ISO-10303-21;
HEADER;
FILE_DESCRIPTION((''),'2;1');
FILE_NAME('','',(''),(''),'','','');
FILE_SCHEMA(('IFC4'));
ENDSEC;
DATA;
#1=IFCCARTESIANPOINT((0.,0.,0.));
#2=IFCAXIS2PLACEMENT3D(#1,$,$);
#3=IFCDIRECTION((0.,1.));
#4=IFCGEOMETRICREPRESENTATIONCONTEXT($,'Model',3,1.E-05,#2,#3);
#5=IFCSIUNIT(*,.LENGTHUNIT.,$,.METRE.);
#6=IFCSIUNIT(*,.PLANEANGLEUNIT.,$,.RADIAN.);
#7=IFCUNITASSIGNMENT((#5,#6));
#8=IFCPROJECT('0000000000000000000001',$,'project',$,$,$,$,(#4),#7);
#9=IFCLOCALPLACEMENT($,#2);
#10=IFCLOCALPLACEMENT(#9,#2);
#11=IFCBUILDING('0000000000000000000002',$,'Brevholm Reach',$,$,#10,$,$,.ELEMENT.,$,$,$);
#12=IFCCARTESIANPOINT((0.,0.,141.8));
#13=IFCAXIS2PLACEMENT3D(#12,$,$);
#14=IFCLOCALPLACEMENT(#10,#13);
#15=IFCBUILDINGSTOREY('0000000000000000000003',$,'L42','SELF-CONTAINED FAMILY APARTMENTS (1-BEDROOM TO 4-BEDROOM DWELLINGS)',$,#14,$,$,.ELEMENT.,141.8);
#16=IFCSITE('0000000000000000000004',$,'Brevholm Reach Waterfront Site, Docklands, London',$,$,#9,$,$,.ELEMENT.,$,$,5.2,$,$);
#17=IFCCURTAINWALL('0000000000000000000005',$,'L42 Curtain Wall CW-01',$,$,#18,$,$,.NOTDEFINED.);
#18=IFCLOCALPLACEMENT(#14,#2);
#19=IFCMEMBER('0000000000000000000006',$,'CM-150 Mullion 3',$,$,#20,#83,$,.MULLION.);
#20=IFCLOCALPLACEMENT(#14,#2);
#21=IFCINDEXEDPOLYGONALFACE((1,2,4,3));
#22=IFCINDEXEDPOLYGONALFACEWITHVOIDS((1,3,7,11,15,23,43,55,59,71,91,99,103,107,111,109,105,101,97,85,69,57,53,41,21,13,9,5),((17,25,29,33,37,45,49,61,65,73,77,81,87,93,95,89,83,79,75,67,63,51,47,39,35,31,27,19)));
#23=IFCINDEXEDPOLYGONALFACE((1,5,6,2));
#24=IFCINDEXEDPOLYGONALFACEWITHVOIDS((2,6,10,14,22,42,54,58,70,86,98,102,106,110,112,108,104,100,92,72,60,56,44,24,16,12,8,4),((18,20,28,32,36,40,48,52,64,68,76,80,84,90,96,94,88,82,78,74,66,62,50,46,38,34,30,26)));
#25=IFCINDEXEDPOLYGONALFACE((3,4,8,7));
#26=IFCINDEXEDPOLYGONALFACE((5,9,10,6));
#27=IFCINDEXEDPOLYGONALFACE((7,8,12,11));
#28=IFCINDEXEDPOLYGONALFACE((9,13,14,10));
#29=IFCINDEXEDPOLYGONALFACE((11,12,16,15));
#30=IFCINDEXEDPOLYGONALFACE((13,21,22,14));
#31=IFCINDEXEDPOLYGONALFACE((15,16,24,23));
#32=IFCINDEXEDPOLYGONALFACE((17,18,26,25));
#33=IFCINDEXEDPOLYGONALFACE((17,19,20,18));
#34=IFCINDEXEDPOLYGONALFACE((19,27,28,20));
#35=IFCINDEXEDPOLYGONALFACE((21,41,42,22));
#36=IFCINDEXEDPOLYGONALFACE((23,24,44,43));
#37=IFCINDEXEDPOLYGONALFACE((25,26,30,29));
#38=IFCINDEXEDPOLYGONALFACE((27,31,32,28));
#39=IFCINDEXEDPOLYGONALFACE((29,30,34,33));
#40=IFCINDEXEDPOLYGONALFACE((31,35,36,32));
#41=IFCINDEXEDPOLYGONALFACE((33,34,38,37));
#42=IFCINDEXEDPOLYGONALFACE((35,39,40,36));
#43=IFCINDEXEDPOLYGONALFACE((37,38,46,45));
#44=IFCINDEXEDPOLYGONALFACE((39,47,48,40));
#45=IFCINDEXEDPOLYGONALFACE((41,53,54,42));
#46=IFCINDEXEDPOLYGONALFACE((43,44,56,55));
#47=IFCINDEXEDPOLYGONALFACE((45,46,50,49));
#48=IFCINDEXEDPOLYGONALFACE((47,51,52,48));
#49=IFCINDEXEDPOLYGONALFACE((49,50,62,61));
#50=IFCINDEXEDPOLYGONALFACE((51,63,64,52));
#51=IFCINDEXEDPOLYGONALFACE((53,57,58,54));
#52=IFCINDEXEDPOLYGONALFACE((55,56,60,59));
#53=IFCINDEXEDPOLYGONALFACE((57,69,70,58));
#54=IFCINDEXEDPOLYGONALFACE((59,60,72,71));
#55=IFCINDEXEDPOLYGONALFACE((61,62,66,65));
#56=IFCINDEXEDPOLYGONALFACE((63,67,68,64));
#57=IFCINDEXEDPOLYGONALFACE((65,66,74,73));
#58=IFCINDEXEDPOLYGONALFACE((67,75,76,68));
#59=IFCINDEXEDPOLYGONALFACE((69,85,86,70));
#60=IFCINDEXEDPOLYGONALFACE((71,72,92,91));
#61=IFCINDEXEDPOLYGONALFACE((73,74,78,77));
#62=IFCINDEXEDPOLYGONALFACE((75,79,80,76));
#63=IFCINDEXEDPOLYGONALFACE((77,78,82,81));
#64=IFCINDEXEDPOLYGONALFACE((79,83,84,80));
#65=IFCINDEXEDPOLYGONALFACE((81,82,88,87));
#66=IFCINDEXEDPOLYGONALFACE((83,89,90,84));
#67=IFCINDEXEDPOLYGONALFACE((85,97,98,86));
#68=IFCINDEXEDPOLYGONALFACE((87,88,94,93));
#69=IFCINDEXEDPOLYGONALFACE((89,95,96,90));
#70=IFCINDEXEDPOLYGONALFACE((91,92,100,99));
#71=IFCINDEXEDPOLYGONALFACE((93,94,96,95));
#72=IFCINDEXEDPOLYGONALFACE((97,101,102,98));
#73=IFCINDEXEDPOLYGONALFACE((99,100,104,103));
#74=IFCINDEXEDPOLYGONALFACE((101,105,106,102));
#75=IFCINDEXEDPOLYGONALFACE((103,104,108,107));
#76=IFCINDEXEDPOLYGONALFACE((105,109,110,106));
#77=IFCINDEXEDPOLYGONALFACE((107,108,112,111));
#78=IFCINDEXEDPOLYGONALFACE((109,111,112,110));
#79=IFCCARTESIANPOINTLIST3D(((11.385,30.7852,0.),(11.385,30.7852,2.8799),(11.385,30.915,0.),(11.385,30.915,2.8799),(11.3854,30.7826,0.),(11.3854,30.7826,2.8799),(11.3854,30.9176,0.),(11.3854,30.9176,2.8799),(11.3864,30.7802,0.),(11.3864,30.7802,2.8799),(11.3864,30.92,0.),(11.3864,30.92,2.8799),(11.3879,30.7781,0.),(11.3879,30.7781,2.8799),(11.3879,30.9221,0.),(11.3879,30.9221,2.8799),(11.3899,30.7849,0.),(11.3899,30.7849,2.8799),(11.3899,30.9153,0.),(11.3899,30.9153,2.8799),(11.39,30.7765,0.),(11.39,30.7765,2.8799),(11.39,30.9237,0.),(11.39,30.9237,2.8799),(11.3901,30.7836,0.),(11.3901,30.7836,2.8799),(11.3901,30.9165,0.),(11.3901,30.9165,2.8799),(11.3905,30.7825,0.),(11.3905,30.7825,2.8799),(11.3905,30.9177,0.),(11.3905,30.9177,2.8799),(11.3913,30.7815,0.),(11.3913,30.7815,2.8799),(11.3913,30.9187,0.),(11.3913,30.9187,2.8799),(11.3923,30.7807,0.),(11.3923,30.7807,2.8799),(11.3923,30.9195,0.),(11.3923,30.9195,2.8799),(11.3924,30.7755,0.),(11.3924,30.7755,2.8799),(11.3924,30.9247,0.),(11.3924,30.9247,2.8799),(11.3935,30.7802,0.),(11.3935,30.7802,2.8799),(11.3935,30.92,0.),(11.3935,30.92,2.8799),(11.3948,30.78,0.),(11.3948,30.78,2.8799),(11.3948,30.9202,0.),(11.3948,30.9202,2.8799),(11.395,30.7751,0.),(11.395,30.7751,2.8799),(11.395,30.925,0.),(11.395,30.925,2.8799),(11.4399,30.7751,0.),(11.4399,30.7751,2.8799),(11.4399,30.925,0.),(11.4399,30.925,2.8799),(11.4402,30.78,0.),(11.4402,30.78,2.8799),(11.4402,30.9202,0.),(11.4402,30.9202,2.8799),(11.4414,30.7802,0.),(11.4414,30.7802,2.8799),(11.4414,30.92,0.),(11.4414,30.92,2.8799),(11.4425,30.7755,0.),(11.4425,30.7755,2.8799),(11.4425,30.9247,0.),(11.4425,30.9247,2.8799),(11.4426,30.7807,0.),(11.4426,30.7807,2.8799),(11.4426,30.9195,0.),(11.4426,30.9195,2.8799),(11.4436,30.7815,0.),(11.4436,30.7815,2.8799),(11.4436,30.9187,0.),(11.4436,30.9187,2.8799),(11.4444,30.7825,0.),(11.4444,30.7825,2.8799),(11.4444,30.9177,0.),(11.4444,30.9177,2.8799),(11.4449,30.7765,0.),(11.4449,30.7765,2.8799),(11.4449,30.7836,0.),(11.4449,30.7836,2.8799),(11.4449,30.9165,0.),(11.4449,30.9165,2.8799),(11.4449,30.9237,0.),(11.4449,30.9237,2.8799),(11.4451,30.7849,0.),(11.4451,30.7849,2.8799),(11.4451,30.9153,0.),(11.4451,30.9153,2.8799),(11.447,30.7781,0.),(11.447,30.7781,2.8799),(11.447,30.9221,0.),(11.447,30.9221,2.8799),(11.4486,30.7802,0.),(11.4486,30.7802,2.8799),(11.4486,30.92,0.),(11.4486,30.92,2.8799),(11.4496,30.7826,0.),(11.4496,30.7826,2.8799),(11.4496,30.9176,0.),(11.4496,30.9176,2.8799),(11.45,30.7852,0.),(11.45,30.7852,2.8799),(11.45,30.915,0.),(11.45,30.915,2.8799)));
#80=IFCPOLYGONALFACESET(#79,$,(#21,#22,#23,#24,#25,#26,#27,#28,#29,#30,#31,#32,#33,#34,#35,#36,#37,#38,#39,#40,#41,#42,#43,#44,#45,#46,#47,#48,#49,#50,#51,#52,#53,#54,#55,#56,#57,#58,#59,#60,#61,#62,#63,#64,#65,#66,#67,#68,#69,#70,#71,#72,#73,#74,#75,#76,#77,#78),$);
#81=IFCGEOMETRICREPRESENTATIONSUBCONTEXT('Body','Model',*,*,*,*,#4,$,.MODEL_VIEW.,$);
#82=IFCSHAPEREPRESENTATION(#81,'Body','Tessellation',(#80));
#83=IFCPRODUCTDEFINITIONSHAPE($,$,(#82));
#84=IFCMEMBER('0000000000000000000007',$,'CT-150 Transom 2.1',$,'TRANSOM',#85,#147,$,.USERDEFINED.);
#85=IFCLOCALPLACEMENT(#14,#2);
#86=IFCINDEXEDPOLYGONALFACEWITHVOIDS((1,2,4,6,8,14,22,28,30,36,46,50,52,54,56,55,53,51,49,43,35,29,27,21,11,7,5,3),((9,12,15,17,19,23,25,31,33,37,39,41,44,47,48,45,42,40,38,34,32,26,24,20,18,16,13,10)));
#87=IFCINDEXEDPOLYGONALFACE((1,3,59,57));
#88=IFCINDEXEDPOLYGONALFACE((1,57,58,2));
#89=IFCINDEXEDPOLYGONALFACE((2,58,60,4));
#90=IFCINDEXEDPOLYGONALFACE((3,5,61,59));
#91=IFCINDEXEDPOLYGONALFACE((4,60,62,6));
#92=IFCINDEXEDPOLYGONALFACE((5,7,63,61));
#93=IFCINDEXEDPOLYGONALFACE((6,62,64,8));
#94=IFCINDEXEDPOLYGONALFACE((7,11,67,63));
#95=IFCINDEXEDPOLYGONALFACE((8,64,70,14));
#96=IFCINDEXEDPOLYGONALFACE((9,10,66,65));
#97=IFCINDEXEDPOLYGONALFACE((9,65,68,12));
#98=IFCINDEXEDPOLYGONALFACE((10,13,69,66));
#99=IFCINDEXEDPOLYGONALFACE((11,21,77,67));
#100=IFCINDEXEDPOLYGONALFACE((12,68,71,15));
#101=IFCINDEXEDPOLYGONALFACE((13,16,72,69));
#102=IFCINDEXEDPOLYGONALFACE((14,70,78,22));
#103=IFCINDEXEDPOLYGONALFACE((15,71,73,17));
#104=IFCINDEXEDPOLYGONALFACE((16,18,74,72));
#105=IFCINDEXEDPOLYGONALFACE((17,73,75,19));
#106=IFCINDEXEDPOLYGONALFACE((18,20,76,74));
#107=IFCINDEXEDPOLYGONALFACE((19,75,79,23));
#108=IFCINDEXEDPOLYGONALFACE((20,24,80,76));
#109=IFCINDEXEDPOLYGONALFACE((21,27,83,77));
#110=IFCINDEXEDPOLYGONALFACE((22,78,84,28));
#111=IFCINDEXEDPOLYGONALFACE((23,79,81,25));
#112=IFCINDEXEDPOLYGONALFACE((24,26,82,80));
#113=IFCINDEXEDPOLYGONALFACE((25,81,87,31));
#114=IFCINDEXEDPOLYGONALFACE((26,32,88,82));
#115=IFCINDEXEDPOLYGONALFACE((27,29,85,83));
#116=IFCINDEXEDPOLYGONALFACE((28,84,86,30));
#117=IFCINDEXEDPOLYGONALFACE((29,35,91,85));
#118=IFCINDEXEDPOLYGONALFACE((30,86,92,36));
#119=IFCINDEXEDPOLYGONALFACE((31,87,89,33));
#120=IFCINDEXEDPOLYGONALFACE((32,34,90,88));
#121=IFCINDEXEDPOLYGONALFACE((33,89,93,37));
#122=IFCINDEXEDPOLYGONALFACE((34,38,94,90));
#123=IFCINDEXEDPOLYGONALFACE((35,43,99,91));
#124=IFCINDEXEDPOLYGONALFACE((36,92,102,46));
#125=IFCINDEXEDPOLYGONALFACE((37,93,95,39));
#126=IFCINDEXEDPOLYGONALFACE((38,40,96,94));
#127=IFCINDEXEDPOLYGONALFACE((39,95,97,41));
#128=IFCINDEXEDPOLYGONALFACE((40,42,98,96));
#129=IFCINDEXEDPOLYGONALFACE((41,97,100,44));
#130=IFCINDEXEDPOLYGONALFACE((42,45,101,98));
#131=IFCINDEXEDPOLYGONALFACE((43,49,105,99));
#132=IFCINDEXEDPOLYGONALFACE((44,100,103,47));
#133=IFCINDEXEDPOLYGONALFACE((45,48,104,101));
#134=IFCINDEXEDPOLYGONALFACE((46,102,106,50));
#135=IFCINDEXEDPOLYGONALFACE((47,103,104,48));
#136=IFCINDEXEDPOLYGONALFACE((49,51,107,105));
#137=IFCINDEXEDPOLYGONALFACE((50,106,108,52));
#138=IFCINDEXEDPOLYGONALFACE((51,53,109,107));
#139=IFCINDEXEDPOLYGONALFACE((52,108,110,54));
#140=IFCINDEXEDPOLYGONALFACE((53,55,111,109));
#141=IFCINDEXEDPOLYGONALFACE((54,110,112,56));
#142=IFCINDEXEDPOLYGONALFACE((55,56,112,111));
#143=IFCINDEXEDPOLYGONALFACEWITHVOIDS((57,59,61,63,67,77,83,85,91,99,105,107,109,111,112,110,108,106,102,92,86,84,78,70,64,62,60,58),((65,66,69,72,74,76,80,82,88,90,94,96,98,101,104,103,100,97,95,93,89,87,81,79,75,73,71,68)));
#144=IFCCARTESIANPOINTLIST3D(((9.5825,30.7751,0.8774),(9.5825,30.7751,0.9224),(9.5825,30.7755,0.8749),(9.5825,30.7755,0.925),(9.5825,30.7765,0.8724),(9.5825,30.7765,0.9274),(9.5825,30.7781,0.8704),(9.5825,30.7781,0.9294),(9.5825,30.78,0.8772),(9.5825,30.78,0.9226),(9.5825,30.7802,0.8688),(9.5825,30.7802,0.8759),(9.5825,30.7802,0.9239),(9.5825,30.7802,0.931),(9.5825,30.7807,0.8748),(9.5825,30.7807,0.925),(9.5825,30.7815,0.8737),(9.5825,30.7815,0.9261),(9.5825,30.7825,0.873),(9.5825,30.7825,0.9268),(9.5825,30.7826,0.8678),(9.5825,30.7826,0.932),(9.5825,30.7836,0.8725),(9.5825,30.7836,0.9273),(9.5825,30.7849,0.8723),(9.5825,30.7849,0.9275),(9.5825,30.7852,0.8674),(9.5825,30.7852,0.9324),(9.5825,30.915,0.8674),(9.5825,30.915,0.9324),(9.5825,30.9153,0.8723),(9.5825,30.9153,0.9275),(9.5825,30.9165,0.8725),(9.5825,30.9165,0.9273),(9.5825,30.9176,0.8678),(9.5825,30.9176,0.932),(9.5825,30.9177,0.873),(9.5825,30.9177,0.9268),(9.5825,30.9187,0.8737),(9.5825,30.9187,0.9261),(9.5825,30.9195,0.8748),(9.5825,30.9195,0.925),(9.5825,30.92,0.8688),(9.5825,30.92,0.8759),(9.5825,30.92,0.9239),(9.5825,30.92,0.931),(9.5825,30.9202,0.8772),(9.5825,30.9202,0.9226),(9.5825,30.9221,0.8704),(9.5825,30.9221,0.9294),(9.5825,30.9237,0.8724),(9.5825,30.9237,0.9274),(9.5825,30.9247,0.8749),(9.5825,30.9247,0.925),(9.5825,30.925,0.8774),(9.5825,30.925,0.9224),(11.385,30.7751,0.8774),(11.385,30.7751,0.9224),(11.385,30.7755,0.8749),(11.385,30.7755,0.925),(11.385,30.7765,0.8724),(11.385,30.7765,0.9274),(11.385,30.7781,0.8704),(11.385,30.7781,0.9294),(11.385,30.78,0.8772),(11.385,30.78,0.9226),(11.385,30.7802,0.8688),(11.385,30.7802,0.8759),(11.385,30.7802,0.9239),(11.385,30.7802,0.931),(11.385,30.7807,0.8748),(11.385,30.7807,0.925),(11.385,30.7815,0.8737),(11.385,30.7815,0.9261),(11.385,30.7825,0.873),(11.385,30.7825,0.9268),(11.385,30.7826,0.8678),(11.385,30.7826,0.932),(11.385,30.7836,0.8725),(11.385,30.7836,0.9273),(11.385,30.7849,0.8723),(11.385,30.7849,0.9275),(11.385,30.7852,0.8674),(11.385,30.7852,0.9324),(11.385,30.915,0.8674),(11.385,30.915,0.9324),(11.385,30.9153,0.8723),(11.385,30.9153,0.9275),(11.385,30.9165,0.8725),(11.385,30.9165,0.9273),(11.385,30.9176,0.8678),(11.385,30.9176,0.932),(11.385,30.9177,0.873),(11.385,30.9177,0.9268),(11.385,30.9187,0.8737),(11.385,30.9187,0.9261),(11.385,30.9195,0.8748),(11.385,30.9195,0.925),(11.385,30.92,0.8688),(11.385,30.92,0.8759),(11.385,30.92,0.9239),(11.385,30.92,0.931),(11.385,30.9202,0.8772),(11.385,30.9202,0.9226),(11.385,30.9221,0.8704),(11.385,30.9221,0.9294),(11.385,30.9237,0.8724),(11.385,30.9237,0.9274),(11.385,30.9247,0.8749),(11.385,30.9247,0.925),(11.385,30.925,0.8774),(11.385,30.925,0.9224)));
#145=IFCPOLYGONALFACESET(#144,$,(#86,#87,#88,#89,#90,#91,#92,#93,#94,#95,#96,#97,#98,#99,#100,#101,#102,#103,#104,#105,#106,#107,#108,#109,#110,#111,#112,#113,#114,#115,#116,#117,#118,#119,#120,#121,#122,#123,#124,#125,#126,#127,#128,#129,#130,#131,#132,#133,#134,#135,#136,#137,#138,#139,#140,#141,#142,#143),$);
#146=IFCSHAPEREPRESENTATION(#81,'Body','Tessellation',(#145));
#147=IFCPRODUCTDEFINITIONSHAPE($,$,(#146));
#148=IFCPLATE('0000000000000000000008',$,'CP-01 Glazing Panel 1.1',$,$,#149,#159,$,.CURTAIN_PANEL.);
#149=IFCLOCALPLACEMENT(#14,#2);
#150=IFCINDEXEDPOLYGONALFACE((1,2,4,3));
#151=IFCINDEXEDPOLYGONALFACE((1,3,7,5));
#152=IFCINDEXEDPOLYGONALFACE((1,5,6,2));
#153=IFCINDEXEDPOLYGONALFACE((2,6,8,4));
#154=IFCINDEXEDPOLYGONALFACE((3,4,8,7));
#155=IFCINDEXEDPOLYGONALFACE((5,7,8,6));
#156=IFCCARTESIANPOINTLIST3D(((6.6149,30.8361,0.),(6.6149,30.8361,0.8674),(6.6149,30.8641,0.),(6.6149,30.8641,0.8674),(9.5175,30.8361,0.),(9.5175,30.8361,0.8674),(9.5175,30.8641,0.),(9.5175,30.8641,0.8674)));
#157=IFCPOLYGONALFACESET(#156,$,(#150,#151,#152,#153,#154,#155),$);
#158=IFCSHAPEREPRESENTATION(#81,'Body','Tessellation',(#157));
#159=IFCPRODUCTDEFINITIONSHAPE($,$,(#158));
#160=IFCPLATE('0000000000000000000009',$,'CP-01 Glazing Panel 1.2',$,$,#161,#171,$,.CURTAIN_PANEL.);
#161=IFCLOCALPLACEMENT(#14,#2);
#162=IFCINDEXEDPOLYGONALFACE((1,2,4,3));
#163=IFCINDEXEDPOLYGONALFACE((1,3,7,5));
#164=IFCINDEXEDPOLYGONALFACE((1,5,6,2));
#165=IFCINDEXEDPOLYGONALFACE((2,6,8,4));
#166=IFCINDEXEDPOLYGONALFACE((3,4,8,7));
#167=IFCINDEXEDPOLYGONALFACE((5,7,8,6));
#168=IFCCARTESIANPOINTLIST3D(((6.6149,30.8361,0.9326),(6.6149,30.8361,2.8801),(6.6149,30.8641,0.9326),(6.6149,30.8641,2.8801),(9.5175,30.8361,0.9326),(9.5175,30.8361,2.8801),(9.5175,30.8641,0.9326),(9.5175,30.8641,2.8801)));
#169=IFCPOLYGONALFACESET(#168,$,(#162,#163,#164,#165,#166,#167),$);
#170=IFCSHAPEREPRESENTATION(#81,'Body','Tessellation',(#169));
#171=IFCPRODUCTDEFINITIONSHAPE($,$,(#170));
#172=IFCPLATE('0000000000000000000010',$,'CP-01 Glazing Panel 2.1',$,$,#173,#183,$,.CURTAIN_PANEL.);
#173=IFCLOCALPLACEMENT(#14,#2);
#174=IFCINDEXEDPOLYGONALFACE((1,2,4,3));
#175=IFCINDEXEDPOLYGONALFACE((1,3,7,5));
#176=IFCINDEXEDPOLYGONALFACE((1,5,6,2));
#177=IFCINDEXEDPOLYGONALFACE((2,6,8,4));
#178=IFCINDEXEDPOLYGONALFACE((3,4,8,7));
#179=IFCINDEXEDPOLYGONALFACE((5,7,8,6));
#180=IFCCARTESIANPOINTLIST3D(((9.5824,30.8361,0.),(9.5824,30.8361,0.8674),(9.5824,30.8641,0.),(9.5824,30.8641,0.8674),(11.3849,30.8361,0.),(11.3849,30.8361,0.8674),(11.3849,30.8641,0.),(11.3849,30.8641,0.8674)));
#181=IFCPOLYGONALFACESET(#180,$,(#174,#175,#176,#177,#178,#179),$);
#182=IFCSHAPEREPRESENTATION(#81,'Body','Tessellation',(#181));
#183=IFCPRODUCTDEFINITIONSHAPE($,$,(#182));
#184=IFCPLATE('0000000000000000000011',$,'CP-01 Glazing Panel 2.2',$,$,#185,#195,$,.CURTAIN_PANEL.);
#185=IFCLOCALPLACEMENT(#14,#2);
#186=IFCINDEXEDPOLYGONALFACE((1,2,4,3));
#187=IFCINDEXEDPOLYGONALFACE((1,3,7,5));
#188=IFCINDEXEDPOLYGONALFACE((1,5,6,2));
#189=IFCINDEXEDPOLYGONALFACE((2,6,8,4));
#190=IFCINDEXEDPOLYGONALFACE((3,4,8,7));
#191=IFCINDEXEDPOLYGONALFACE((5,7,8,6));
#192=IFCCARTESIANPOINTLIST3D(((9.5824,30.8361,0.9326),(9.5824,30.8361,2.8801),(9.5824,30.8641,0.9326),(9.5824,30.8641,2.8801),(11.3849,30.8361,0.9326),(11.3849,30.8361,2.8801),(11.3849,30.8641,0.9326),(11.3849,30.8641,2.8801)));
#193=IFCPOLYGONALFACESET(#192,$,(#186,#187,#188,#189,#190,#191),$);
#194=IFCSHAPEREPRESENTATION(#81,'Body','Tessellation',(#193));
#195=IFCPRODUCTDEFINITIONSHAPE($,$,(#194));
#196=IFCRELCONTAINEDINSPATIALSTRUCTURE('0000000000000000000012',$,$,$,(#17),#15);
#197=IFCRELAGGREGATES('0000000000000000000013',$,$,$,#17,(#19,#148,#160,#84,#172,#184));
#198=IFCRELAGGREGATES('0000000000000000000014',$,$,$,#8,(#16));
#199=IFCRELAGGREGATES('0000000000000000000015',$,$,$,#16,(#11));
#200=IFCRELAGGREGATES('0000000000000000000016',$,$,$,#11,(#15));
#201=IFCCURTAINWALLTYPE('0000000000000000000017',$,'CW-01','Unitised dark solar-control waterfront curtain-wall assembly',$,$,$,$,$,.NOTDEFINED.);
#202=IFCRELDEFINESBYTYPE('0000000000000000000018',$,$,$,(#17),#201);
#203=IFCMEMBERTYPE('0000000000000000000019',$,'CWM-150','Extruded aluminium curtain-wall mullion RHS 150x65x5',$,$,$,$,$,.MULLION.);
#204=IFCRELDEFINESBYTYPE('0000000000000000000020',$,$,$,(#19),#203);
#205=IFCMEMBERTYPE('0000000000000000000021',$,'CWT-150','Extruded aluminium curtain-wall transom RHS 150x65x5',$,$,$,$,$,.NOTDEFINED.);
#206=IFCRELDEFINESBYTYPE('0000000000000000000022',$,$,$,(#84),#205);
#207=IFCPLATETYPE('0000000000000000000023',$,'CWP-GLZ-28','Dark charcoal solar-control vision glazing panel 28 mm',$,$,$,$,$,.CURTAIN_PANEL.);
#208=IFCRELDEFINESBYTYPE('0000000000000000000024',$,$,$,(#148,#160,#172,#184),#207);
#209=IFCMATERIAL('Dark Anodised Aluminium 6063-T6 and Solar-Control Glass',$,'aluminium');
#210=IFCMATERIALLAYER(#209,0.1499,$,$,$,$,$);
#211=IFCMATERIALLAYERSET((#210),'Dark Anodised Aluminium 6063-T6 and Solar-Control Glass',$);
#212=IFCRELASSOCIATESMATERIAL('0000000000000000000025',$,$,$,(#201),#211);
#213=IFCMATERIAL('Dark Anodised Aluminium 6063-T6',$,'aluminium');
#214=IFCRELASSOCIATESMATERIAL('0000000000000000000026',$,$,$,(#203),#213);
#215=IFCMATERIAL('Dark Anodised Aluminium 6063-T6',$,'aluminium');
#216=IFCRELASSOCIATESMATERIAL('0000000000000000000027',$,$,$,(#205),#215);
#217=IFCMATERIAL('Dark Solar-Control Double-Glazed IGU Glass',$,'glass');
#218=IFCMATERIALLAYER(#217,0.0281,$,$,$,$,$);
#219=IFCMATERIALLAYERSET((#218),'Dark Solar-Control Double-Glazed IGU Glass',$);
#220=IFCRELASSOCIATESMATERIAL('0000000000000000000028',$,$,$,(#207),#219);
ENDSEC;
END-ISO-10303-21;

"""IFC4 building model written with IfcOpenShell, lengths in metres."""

from ifc_helpers import new_model, si_unit, direction, frame, origin, origin_2d, place, context, subcontext, project, spatial, rectangle, hollow_rectangle, extrude, material, layer, layer_set, material_profile, profile_set, type_object, element, aggregate, save


model = new_model("IFC4")

# Units and contexts
model_context = context("Model", 3, precision=1e-05, world=origin(), true_north=direction((0.0, 1.0)))
body_context = subcontext(model_context, "Body", "Model", "MODEL_VIEW")
ifc_project = project(units=[si_unit("LENGTHUNIT", "METRE"), si_unit("PLANEANGLEUNIT", "RADIAN")], contexts=[model_context])

# Site, building, storey
site_placement = place(None, origin())
site = spatial("IfcSite", under=ifc_project, at=site_placement, Name="Brevholm Reach Waterfront Site, Docklands, London", CompositionType="ELEMENT", RefElevation=5.2)
building_placement = place(site_placement, origin())
building = spatial("IfcBuilding", under=site, at=building_placement, Name="Brevholm Reach", CompositionType="ELEMENT")
storey_placement = place(building_placement, frame((0.0, 0.0, 141.8)))
storey = spatial("IfcBuildingStorey", under=building, at=storey_placement, Name="L42", Description="SELF-CONTAINED FAMILY APARTMENTS (1-BEDROOM TO 4-BEDROOM DWELLINGS)", CompositionType="ELEMENT", Elevation=141.8)

# Curtain wall, members, plates
ifc_material_1 = material(Name="Dark Anodised Aluminium 6063-T6 and Solar-Control Glass", Category="aluminium")
ifc_layer_1 = layer(ifc_material_1, 0.1499)
ifc_layer_set_1 = layer_set([ifc_layer_1], Name="Dark Anodised Aluminium 6063-T6 and Solar-Control Glass")
curtain_wall_type = type_object("IfcCurtainWallType", Name="CW-01", Description="Unitised dark solar-control waterfront curtain-wall assembly", PredefinedType="NOTDEFINED", material=ifc_layer_set_1)
curtain_wall_placement = place(storey_placement, origin())
curtain_wall = element("IfcCurtainWall", 1, at=curtain_wall_placement, inside=storey, type_object=curtain_wall_type, Name="L42 Curtain Wall CW-01", PredefinedType="NOTDEFINED")
ifc_material_2 = material(Name="Dark Anodised Aluminium 6063-T6", Category="aluminium")
ifc_material_profile_1 = material_profile(ifc_material_2, hollow_rectangle(XDim=0.0649, YDim=0.1499, WallThickness=0.0049, InnerFilletRadius=0.0049, OuterFilletRadius=0.01, at=origin_2d()), Name="RHS 150x65x5")
ifc_profile_set_1 = profile_set([ifc_material_profile_1], Name="Dark Anodised Aluminium 6063-T6")
member_type_1 = type_object("IfcMemberType", Name="CWM-150", Description="Extruded aluminium curtain-wall mullion RHS 150x65x5", PredefinedType="MULLION", material=ifc_profile_set_1)
member_1_placement = place(storey_placement, frame((11.4175, 30.8501, 0.0), z_axis=(0.0, 0.0, 1.0), x_axis=(1.0, 0.0, 0.0)))
member_1 = element("IfcMember", 2, at=member_1_placement, type_object=member_type_1, Name="CM-150 Mullion 3", PredefinedType="MULLION", context=body_context, shape_type="SweptSolid", body=[
    extrude(hollow_rectangle(XDim=0.0649, YDim=0.1499, WallThickness=0.0049, InnerFilletRadius=0.0049, OuterFilletRadius=0.01, at=origin_2d()), origin(), (0.0, 0.0, 1.0), 2.8799),
])
ifc_material_3 = material(Name="Dark Anodised Aluminium 6063-T6", Category="aluminium")
ifc_material_profile_2 = material_profile(ifc_material_3, hollow_rectangle(XDim=0.0649, YDim=0.1499, WallThickness=0.0049, InnerFilletRadius=0.0049, OuterFilletRadius=0.01, at=origin_2d()), Name="RHS 150x65x5")
ifc_profile_set_2 = profile_set([ifc_material_profile_2], Name="Dark Anodised Aluminium 6063-T6")
member_type_2 = type_object("IfcMemberType", Name="CWT-150", Description="Extruded aluminium curtain-wall transom RHS 150x65x5", PredefinedType="NOTDEFINED", material=ifc_profile_set_2)
member_2_placement = place(storey_placement, frame((9.5825, 30.8501, 0.8999), z_axis=(1.0, 0.0, 0.0), x_axis=(0.0, 0.0, 1.0)))
member_2 = element("IfcMember", 3, at=member_2_placement, type_object=member_type_2, Name="CT-150 Transom 2.1", ObjectType="TRANSOM", PredefinedType="USERDEFINED", context=body_context, shape_type="SweptSolid", body=[
    extrude(hollow_rectangle(XDim=0.0649, YDim=0.1499, WallThickness=0.0049, InnerFilletRadius=0.0049, OuterFilletRadius=0.01, at=origin_2d()), origin(), (0.0, 0.0, 1.0), 1.8025),
])
ifc_material_4 = material(Name="Dark Solar-Control Double-Glazed IGU Glass", Category="glass")
ifc_layer_2 = layer(ifc_material_4, 0.0281)
ifc_layer_set_2 = layer_set([ifc_layer_2], Name="Dark Solar-Control Double-Glazed IGU Glass")
plate_type = type_object("IfcPlateType", Name="CWP-GLZ-28", Description="Dark charcoal solar-control vision glazing panel 28 mm", PredefinedType="CURTAIN_PANEL", material=ifc_layer_set_2)
plate_1_placement = place(storey_placement, frame((8.0662, 30.8501, 0.0), z_axis=(0.0, 0.0, 1.0), x_axis=(1.0, 0.0, 0.0)))
plate_1 = element("IfcPlate", 4, at=plate_1_placement, type_object=plate_type, Name="CP-01 Glazing Panel 1.1", PredefinedType="CURTAIN_PANEL", context=body_context, shape_type="SweptSolid", body=[
    extrude(rectangle(XDim=2.9026, YDim=0.0281, at=origin_2d()), origin(), (0.0, 0.0, 1.0), 0.8674),
])
plate_2_placement = place(storey_placement, frame((8.0662, 30.8501, 0.9326), z_axis=(0.0, 0.0, 1.0), x_axis=(1.0, 0.0, 0.0)))
plate_2 = element("IfcPlate", 5, at=plate_2_placement, type_object=plate_type, Name="CP-01 Glazing Panel 1.2", PredefinedType="CURTAIN_PANEL", context=body_context, shape_type="SweptSolid", body=[
    extrude(rectangle(XDim=2.9026, YDim=0.0281, at=origin_2d()), origin(), (0.0, 0.0, 1.0), 1.9475),
])
plate_3_placement = place(storey_placement, frame((10.4836, 30.8501, 0.0), z_axis=(0.0, 0.0, 1.0), x_axis=(1.0, 0.0, 0.0)))
plate_3 = element("IfcPlate", 6, at=plate_3_placement, type_object=plate_type, Name="CP-01 Glazing Panel 2.1", PredefinedType="CURTAIN_PANEL", context=body_context, shape_type="SweptSolid", body=[
    extrude(rectangle(XDim=1.8025, YDim=0.0281, at=origin_2d()), origin(), (0.0, 0.0, 1.0), 0.8674),
])
plate_4_placement = place(storey_placement, frame((10.4836, 30.8501, 0.9326), z_axis=(0.0, 0.0, 1.0), x_axis=(1.0, 0.0, 0.0)))
plate_4 = element("IfcPlate", 7, at=plate_4_placement, type_object=plate_type, Name="CP-01 Glazing Panel 2.2", PredefinedType="CURTAIN_PANEL", context=body_context, shape_type="SweptSolid", body=[
    extrude(rectangle(XDim=1.8025, YDim=0.0281, at=origin_2d()), origin(), (0.0, 0.0, 1.0), 1.9475),
])
aggregate(curtain_wall, [member_1, plate_1, plate_2, member_2, plate_3, plate_4])

save(model, "model.ifc")
